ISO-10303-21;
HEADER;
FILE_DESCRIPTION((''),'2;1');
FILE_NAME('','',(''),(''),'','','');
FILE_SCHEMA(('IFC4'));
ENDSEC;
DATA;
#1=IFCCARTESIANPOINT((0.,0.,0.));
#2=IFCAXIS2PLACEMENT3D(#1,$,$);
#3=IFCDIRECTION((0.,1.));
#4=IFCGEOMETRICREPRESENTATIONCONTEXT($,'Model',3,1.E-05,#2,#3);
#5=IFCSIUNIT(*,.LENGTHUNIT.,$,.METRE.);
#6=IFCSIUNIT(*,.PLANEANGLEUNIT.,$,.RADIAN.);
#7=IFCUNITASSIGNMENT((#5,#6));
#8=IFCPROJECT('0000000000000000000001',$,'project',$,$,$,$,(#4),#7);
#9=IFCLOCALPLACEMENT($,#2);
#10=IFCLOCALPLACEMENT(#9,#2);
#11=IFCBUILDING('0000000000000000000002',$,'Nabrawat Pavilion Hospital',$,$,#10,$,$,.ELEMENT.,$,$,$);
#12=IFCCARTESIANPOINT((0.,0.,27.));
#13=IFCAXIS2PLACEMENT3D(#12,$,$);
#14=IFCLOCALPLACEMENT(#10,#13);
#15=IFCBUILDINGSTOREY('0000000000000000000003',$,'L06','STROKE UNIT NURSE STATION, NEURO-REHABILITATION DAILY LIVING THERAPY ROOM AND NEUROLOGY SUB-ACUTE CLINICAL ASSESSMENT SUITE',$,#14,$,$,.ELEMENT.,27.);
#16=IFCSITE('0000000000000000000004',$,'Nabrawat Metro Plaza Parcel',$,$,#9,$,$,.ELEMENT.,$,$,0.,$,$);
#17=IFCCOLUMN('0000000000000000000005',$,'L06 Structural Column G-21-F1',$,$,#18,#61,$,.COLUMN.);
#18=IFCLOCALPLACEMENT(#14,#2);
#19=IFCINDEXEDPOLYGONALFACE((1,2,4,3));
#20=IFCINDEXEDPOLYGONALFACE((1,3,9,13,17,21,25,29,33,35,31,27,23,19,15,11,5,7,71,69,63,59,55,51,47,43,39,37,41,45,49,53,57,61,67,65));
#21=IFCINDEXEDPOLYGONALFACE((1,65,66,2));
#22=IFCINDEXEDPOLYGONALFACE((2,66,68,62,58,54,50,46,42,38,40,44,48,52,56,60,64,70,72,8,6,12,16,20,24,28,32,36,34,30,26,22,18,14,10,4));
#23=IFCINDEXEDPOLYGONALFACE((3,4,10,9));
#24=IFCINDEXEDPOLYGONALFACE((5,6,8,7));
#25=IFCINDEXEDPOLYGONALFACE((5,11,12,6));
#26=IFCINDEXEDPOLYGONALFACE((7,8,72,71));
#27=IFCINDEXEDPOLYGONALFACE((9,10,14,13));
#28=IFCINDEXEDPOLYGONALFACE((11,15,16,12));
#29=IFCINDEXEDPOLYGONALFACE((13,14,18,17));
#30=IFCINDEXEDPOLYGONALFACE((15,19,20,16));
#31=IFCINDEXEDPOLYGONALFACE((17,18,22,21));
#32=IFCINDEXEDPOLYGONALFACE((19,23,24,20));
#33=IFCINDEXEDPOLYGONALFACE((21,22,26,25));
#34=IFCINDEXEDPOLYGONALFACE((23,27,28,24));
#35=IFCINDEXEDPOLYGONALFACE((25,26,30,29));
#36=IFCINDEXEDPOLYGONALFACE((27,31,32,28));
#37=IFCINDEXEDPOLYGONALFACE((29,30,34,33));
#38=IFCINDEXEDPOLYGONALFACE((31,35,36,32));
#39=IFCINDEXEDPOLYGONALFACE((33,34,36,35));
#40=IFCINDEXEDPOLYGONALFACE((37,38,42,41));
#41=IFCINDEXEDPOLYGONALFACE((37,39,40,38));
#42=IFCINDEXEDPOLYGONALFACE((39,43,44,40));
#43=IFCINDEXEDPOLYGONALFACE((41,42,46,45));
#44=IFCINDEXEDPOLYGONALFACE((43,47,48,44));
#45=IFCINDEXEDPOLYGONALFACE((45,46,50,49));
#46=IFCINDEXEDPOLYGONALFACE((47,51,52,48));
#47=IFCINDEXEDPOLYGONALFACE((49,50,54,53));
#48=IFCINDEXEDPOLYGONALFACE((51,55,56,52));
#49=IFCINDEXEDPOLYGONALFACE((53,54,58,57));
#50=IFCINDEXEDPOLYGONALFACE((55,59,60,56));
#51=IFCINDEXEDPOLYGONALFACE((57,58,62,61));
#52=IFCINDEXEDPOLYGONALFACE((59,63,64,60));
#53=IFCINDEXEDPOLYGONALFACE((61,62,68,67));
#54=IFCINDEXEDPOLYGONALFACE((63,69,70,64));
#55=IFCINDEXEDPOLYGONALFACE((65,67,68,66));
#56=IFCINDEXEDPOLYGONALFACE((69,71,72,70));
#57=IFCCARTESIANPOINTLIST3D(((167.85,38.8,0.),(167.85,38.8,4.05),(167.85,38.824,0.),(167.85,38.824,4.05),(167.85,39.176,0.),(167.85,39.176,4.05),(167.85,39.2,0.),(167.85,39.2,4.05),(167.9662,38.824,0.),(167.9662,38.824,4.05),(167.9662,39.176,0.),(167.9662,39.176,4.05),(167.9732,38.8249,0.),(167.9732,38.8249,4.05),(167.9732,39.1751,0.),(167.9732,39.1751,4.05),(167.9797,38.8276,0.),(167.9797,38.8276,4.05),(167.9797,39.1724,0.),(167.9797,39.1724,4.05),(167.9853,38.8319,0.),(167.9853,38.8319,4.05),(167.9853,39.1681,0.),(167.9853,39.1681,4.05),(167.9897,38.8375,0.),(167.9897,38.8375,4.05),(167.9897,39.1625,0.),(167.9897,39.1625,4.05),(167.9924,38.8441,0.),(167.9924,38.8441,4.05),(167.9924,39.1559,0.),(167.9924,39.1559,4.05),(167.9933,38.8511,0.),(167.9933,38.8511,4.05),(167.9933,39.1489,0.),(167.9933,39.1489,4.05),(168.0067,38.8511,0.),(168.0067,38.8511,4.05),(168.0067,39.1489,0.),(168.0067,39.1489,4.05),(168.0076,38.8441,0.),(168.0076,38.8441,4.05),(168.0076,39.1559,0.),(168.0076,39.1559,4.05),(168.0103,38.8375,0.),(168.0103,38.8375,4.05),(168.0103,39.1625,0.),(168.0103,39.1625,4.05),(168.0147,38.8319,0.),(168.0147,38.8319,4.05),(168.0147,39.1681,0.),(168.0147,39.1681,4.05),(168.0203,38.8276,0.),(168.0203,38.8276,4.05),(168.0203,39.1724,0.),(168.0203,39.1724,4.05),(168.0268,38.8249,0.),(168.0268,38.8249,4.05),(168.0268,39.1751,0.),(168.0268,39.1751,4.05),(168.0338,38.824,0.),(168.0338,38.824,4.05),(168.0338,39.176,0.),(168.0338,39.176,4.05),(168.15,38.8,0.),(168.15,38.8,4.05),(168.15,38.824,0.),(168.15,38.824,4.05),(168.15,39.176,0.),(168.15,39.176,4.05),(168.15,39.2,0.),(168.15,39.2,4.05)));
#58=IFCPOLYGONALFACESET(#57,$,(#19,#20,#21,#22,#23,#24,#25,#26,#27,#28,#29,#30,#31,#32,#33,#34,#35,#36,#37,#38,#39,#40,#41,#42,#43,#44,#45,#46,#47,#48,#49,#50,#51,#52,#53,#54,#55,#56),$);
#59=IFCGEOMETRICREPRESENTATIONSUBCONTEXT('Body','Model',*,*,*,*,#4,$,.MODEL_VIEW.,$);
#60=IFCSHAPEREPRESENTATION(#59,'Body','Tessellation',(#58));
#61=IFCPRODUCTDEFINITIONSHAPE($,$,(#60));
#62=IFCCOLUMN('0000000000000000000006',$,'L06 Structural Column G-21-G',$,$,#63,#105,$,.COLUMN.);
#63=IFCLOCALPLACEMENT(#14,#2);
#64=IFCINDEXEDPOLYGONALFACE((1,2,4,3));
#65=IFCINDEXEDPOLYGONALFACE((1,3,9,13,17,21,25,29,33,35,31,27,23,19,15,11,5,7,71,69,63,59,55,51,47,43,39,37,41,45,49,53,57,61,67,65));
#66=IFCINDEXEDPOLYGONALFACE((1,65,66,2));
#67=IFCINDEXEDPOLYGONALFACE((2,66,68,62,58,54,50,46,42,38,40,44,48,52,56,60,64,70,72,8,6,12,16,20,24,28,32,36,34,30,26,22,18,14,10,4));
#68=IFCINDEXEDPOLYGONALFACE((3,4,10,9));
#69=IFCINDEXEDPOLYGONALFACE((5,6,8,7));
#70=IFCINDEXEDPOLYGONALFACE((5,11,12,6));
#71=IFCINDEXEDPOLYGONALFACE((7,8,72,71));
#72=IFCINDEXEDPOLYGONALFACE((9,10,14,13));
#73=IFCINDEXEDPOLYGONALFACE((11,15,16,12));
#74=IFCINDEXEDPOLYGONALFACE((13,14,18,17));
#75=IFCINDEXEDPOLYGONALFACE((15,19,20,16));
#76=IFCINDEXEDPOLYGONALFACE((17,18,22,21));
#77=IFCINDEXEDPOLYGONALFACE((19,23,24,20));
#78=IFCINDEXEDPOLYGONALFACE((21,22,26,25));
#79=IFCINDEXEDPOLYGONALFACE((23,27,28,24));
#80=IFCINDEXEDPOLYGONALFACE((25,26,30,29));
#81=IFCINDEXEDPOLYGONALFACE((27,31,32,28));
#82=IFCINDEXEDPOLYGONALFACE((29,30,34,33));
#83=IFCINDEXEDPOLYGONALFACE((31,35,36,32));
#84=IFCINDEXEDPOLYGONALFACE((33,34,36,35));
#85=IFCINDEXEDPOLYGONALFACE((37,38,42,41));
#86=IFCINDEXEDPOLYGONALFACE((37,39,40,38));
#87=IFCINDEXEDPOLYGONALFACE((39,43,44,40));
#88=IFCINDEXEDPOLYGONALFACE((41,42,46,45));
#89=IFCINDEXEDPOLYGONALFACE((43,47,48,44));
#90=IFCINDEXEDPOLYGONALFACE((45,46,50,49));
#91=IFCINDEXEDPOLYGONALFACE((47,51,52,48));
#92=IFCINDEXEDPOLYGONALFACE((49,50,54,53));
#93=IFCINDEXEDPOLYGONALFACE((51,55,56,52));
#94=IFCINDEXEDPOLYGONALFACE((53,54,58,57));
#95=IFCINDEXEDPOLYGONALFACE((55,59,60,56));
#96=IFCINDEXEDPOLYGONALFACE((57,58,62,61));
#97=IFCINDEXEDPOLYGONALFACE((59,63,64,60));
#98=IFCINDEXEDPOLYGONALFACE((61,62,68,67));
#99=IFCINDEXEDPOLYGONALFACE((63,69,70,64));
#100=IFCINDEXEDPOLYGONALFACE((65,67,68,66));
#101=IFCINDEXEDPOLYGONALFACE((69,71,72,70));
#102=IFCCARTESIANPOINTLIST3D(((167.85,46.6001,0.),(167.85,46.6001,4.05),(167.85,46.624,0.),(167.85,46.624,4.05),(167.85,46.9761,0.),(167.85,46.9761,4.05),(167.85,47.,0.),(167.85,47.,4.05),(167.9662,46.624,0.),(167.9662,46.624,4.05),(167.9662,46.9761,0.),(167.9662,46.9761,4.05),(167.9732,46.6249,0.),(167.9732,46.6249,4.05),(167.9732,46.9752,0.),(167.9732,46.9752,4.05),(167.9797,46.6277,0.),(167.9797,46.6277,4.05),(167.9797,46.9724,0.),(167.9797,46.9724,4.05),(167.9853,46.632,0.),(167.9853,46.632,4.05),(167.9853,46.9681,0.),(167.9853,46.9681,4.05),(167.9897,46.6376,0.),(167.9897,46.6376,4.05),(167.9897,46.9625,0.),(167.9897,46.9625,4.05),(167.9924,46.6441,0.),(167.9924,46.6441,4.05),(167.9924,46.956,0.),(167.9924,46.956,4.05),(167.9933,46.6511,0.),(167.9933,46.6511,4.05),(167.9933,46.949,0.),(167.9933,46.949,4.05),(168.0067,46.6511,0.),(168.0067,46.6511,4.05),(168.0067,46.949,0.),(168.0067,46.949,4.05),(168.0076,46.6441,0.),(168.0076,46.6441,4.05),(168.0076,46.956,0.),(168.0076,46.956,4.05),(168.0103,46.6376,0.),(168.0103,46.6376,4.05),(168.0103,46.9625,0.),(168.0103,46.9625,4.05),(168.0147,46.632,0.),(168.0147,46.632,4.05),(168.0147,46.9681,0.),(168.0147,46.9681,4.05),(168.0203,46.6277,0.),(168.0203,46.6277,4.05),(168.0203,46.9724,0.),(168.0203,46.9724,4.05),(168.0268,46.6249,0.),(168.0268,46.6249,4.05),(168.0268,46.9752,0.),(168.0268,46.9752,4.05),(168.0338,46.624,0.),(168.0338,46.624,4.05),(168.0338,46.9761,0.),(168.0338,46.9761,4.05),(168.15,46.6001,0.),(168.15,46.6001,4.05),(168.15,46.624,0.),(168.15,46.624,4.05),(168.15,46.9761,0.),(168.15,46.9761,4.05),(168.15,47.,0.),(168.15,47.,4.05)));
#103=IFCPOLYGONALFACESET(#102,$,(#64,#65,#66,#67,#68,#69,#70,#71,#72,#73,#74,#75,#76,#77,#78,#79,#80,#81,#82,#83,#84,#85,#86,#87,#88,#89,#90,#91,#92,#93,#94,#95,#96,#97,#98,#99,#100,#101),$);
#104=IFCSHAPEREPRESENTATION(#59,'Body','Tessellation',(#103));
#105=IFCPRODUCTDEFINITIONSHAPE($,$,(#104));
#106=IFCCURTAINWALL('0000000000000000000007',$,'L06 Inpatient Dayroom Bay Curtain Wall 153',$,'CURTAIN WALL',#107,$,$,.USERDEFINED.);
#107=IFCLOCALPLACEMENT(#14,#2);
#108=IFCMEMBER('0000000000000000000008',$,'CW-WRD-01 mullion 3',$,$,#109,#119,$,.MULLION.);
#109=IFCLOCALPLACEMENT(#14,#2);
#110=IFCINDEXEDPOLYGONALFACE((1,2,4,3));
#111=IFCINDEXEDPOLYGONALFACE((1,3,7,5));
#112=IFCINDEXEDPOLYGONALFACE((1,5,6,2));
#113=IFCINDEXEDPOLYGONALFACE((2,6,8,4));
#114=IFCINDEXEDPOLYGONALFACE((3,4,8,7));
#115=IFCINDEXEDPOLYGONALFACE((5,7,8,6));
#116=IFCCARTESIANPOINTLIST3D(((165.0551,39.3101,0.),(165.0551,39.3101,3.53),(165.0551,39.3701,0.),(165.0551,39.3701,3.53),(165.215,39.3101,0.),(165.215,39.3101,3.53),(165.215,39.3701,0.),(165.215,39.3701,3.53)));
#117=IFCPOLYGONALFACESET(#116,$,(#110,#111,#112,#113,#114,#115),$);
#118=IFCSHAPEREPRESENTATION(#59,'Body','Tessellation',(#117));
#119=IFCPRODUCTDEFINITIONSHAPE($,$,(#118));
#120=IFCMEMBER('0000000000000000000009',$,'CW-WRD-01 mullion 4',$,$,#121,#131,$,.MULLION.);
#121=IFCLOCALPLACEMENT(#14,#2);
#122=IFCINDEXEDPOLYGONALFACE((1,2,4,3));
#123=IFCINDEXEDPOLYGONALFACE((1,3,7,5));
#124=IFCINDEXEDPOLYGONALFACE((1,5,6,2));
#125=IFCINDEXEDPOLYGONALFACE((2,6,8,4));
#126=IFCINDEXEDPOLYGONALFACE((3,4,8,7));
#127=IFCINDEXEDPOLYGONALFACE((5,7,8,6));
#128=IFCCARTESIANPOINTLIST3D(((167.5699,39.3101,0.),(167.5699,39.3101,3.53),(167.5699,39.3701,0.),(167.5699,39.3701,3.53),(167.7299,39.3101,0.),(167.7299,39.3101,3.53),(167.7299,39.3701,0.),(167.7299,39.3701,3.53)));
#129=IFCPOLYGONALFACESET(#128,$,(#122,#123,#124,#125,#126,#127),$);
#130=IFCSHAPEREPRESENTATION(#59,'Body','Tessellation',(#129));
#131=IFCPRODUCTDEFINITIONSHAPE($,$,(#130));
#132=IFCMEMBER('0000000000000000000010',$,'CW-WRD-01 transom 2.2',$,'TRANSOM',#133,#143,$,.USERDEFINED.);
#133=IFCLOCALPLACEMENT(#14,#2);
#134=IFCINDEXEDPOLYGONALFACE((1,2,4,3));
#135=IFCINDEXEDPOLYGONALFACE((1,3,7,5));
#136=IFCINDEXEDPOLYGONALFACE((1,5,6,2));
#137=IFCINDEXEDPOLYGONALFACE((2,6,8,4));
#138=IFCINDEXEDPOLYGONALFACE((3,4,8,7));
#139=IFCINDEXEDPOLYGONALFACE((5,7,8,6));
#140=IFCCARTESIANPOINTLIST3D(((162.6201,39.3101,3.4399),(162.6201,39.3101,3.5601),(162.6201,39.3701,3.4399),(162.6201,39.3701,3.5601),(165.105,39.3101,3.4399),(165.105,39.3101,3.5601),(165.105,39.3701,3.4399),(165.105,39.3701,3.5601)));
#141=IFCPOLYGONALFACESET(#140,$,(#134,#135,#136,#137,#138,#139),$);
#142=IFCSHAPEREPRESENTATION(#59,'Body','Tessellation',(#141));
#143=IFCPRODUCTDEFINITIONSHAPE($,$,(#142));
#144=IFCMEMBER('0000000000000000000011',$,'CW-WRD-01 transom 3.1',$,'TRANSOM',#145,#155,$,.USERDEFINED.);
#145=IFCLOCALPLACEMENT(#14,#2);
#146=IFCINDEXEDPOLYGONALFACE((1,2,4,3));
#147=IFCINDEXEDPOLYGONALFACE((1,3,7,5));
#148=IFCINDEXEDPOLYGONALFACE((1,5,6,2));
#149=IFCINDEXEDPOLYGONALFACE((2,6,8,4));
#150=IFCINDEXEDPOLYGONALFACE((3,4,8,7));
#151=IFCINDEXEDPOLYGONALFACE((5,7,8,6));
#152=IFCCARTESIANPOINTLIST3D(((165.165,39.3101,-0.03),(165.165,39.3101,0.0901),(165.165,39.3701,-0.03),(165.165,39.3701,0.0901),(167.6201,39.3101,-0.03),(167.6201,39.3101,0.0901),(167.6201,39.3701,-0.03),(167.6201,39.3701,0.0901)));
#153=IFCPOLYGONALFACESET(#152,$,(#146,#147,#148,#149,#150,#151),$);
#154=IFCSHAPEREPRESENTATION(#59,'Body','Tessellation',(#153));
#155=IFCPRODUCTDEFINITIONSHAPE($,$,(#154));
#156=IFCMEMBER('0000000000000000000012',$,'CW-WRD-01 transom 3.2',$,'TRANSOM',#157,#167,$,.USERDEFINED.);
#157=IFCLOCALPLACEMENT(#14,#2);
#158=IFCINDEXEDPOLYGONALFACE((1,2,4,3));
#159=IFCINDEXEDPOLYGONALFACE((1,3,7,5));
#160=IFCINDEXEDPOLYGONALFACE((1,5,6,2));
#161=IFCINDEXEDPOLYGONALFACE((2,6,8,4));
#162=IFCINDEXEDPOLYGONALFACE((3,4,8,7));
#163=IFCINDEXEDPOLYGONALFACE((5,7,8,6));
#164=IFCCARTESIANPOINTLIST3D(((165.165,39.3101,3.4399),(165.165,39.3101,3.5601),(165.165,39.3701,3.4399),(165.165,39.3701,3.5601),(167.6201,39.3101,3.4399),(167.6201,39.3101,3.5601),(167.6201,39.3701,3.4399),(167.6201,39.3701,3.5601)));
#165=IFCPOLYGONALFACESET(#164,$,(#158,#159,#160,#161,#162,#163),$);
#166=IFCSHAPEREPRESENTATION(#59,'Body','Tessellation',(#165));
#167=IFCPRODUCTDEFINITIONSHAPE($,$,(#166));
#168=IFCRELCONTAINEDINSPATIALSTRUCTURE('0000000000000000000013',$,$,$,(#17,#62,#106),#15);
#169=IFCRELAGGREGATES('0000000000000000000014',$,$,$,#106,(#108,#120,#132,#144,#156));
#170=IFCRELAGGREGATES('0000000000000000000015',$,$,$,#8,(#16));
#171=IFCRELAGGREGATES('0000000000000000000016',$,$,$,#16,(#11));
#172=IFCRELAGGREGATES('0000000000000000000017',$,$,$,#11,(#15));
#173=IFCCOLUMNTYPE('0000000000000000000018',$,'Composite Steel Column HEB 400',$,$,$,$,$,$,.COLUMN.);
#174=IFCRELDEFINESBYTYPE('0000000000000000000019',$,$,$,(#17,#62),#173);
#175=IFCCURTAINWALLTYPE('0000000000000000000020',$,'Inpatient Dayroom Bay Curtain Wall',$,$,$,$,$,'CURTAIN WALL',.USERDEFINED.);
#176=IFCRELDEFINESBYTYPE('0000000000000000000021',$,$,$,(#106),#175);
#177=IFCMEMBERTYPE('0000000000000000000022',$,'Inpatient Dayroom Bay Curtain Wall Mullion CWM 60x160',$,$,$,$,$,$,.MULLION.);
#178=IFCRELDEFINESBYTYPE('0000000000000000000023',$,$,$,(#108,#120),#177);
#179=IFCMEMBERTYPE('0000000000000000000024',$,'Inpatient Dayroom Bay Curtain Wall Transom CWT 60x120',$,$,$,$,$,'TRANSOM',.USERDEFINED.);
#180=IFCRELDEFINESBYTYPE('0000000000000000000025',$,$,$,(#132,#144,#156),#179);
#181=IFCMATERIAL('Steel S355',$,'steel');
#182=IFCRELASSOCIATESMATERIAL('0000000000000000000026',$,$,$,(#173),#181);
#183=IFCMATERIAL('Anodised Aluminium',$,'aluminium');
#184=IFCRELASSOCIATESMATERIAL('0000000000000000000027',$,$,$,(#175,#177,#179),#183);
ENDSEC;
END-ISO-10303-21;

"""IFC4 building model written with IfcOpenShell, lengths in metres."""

from ifc_helpers import new_model, si_unit, direction, frame, origin, origin_2d, place, context, subcontext, project, spatial, rectangle, i_section, extrude, material, material_profile, profile_set, type_object, element, aggregate, save


model = new_model("IFC4")

# Units and contexts
model_context = context("Model", 3, precision=1e-05, world=origin(), true_north=direction((0.0, 1.0)))
body_context = subcontext(model_context, "Body", "Model", "MODEL_VIEW")
ifc_project = project(units=[si_unit("LENGTHUNIT", "METRE"), si_unit("PLANEANGLEUNIT", "RADIAN")], contexts=[model_context])

# Site, building, storey
site_placement = place(None, origin())
site = spatial("IfcSite", under=ifc_project, at=site_placement, Name="Nabrawat Metro Plaza Parcel", CompositionType="ELEMENT", RefElevation=0.0)
building_placement = place(site_placement, origin())
building = spatial("IfcBuilding", under=site, at=building_placement, Name="Nabrawat Pavilion Hospital", CompositionType="ELEMENT")
storey_placement = place(building_placement, frame((0.0, 0.0, 27.0)))
storey = spatial("IfcBuildingStorey", under=building, at=storey_placement, Name="L06", Description="STROKE UNIT NURSE STATION, NEURO-REHABILITATION DAILY LIVING THERAPY ROOM AND NEUROLOGY SUB-ACUTE CLINICAL ASSESSMENT SUITE", CompositionType="ELEMENT", Elevation=27.0)

# Columns
ifc_material_1 = material(Name="Steel S355", Category="steel")
ifc_material_profile_1 = material_profile(ifc_material_1, i_section(OverallWidth=0.3, OverallDepth=0.3999, WebThickness=0.0134, FlangeThickness=0.0239, FilletRadius=0.0271, at=origin_2d()), Name="HEB 400")
ifc_profile_set_1 = profile_set([ifc_material_profile_1], Name="Steel S355")
column_type = type_object("IfcColumnType", Name="Composite Steel Column HEB 400", PredefinedType="COLUMN", material=ifc_profile_set_1)
for number, where, z_axis, x_axis, name in (
    (1, (168.0, 39.0, 0.0), (0.0, 0.0, 1.0), (1.0, 0.0, 0.0), "L06 Structural Column G-21-F1"),
    (2, (168.0, 46.8, 0.0), (0.0, 0.0, 1.0), (1.0, 0.0, 0.0), "L06 Structural Column G-21-G"),
):
    element("IfcColumn", number, at=place(storey_placement, frame(where, z_axis=z_axis, x_axis=x_axis)), inside=storey, type_object=column_type, Name=name, PredefinedType="COLUMN", context=body_context, shape_type="SweptSolid", body=[
        extrude(i_section(OverallWidth=0.3, OverallDepth=0.3999, WebThickness=0.0134, FlangeThickness=0.0239, FilletRadius=0.0271, at=origin_2d()), origin(), (0.0, 0.0, 1.0), 4.05),
    ])

# Curtain wall, members
ifc_material_2 = material(Name="Anodised Aluminium", Category="aluminium")
curtain_wall_type = type_object("IfcCurtainWallType", Name="Inpatient Dayroom Bay Curtain Wall", ElementType="CURTAIN WALL", PredefinedType="USERDEFINED", material=ifc_material_2)
curtain_wall_placement = place(storey_placement, origin())
curtain_wall = element("IfcCurtainWall", 3, at=curtain_wall_placement, inside=storey, type_object=curtain_wall_type, Name="L06 Inpatient Dayroom Bay Curtain Wall 153", ObjectType="CURTAIN WALL", PredefinedType="USERDEFINED")
ifc_material_profile_2 = material_profile(ifc_material_2, rectangle(XDim=0.0601, YDim=0.1599, at=origin_2d()), Name="CWM 60x160")
ifc_profile_set_2 = profile_set([ifc_material_profile_2], Name="Anodised Aluminium")
member_type_1 = type_object("IfcMemberType", Name="Inpatient Dayroom Bay Curtain Wall Mullion CWM 60x160", PredefinedType="MULLION", material=ifc_profile_set_2)
member_1_placement = place(storey_placement, frame((165.135, 39.3401, 0.0), z_axis=(0.0, 0.0, 1.0), x_axis=(0.0, 1.0, 0.0)))
member_1 = element("IfcMember", 4, at=member_1_placement, type_object=member_type_1, Name="CW-WRD-01 mullion 3", PredefinedType="MULLION", context=body_context, shape_type="SweptSolid", body=[
    extrude(rectangle(XDim=0.0601, YDim=0.1599, at=origin_2d()), origin(), (0.0, 0.0, 1.0), 3.53),
])
member_2_placement = place(storey_placement, frame((167.6499, 39.3401, 0.0), z_axis=(0.0, 0.0, 1.0), x_axis=(0.0, 1.0, 0.0)))
member_2 = element("IfcMember", 5, at=member_2_placement, type_object=member_type_1, Name="CW-WRD-01 mullion 4", PredefinedType="MULLION", context=body_context, shape_type="SweptSolid", body=[
    extrude(rectangle(XDim=0.0601, YDim=0.1599, at=origin_2d()), origin(), (0.0, 0.0, 1.0), 3.53),
])
ifc_material_profile_3 = material_profile(ifc_material_2, rectangle(XDim=0.0601, YDim=0.1201, at=origin_2d()), Name="CWT 60x120")
ifc_profile_set_3 = profile_set([ifc_material_profile_3], Name="Anodised Aluminium")
member_type_2 = type_object("IfcMemberType", Name="Inpatient Dayroom Bay Curtain Wall Transom CWT 60x120", ElementType="TRANSOM", PredefinedType="USERDEFINED", material=ifc_profile_set_3)
member_3_placement = place(storey_placement, frame((162.6201, 39.3401, 3.5), z_axis=(1.0, 0.0, 0.0), x_axis=(0.0, 1.0, 0.0)))
member_3 = element("IfcMember", 6, at=member_3_placement, type_object=member_type_2, Name="CW-WRD-01 transom 2.2", ObjectType="TRANSOM", PredefinedType="USERDEFINED", context=body_context, shape_type="SweptSolid", body=[
    extrude(rectangle(XDim=0.0601, YDim=0.1201, at=origin_2d()), origin(), (0.0, 0.0, 1.0), 2.4849),
])
member_4_placement = place(storey_placement, frame((165.165, 39.3401, 0.03), z_axis=(1.0, 0.0, 0.0), x_axis=(0.0, 1.0, 0.0)))
member_4 = element("IfcMember", 7, at=member_4_placement, type_object=member_type_2, Name="CW-WRD-01 transom 3.1", ObjectType="TRANSOM", PredefinedType="USERDEFINED", context=body_context, shape_type="SweptSolid", body=[
    extrude(rectangle(XDim=0.0601, YDim=0.1201, at=origin_2d()), origin(), (0.0, 0.0, 1.0), 2.4551),
])
member_5_placement = place(storey_placement, frame((165.165, 39.3401, 3.5), z_axis=(1.0, 0.0, 0.0), x_axis=(0.0, 1.0, 0.0)))
member_5 = element("IfcMember", 8, at=member_5_placement, type_object=member_type_2, Name="CW-WRD-01 transom 3.2", ObjectType="TRANSOM", PredefinedType="USERDEFINED", context=body_context, shape_type="SweptSolid", body=[
    extrude(rectangle(XDim=0.0601, YDim=0.1201, at=origin_2d()), origin(), (0.0, 0.0, 1.0), 2.4551),
])

aggregate(curtain_wall, [member_1, member_2, member_3, member_4, member_5])

save(model, "model.ifc")
